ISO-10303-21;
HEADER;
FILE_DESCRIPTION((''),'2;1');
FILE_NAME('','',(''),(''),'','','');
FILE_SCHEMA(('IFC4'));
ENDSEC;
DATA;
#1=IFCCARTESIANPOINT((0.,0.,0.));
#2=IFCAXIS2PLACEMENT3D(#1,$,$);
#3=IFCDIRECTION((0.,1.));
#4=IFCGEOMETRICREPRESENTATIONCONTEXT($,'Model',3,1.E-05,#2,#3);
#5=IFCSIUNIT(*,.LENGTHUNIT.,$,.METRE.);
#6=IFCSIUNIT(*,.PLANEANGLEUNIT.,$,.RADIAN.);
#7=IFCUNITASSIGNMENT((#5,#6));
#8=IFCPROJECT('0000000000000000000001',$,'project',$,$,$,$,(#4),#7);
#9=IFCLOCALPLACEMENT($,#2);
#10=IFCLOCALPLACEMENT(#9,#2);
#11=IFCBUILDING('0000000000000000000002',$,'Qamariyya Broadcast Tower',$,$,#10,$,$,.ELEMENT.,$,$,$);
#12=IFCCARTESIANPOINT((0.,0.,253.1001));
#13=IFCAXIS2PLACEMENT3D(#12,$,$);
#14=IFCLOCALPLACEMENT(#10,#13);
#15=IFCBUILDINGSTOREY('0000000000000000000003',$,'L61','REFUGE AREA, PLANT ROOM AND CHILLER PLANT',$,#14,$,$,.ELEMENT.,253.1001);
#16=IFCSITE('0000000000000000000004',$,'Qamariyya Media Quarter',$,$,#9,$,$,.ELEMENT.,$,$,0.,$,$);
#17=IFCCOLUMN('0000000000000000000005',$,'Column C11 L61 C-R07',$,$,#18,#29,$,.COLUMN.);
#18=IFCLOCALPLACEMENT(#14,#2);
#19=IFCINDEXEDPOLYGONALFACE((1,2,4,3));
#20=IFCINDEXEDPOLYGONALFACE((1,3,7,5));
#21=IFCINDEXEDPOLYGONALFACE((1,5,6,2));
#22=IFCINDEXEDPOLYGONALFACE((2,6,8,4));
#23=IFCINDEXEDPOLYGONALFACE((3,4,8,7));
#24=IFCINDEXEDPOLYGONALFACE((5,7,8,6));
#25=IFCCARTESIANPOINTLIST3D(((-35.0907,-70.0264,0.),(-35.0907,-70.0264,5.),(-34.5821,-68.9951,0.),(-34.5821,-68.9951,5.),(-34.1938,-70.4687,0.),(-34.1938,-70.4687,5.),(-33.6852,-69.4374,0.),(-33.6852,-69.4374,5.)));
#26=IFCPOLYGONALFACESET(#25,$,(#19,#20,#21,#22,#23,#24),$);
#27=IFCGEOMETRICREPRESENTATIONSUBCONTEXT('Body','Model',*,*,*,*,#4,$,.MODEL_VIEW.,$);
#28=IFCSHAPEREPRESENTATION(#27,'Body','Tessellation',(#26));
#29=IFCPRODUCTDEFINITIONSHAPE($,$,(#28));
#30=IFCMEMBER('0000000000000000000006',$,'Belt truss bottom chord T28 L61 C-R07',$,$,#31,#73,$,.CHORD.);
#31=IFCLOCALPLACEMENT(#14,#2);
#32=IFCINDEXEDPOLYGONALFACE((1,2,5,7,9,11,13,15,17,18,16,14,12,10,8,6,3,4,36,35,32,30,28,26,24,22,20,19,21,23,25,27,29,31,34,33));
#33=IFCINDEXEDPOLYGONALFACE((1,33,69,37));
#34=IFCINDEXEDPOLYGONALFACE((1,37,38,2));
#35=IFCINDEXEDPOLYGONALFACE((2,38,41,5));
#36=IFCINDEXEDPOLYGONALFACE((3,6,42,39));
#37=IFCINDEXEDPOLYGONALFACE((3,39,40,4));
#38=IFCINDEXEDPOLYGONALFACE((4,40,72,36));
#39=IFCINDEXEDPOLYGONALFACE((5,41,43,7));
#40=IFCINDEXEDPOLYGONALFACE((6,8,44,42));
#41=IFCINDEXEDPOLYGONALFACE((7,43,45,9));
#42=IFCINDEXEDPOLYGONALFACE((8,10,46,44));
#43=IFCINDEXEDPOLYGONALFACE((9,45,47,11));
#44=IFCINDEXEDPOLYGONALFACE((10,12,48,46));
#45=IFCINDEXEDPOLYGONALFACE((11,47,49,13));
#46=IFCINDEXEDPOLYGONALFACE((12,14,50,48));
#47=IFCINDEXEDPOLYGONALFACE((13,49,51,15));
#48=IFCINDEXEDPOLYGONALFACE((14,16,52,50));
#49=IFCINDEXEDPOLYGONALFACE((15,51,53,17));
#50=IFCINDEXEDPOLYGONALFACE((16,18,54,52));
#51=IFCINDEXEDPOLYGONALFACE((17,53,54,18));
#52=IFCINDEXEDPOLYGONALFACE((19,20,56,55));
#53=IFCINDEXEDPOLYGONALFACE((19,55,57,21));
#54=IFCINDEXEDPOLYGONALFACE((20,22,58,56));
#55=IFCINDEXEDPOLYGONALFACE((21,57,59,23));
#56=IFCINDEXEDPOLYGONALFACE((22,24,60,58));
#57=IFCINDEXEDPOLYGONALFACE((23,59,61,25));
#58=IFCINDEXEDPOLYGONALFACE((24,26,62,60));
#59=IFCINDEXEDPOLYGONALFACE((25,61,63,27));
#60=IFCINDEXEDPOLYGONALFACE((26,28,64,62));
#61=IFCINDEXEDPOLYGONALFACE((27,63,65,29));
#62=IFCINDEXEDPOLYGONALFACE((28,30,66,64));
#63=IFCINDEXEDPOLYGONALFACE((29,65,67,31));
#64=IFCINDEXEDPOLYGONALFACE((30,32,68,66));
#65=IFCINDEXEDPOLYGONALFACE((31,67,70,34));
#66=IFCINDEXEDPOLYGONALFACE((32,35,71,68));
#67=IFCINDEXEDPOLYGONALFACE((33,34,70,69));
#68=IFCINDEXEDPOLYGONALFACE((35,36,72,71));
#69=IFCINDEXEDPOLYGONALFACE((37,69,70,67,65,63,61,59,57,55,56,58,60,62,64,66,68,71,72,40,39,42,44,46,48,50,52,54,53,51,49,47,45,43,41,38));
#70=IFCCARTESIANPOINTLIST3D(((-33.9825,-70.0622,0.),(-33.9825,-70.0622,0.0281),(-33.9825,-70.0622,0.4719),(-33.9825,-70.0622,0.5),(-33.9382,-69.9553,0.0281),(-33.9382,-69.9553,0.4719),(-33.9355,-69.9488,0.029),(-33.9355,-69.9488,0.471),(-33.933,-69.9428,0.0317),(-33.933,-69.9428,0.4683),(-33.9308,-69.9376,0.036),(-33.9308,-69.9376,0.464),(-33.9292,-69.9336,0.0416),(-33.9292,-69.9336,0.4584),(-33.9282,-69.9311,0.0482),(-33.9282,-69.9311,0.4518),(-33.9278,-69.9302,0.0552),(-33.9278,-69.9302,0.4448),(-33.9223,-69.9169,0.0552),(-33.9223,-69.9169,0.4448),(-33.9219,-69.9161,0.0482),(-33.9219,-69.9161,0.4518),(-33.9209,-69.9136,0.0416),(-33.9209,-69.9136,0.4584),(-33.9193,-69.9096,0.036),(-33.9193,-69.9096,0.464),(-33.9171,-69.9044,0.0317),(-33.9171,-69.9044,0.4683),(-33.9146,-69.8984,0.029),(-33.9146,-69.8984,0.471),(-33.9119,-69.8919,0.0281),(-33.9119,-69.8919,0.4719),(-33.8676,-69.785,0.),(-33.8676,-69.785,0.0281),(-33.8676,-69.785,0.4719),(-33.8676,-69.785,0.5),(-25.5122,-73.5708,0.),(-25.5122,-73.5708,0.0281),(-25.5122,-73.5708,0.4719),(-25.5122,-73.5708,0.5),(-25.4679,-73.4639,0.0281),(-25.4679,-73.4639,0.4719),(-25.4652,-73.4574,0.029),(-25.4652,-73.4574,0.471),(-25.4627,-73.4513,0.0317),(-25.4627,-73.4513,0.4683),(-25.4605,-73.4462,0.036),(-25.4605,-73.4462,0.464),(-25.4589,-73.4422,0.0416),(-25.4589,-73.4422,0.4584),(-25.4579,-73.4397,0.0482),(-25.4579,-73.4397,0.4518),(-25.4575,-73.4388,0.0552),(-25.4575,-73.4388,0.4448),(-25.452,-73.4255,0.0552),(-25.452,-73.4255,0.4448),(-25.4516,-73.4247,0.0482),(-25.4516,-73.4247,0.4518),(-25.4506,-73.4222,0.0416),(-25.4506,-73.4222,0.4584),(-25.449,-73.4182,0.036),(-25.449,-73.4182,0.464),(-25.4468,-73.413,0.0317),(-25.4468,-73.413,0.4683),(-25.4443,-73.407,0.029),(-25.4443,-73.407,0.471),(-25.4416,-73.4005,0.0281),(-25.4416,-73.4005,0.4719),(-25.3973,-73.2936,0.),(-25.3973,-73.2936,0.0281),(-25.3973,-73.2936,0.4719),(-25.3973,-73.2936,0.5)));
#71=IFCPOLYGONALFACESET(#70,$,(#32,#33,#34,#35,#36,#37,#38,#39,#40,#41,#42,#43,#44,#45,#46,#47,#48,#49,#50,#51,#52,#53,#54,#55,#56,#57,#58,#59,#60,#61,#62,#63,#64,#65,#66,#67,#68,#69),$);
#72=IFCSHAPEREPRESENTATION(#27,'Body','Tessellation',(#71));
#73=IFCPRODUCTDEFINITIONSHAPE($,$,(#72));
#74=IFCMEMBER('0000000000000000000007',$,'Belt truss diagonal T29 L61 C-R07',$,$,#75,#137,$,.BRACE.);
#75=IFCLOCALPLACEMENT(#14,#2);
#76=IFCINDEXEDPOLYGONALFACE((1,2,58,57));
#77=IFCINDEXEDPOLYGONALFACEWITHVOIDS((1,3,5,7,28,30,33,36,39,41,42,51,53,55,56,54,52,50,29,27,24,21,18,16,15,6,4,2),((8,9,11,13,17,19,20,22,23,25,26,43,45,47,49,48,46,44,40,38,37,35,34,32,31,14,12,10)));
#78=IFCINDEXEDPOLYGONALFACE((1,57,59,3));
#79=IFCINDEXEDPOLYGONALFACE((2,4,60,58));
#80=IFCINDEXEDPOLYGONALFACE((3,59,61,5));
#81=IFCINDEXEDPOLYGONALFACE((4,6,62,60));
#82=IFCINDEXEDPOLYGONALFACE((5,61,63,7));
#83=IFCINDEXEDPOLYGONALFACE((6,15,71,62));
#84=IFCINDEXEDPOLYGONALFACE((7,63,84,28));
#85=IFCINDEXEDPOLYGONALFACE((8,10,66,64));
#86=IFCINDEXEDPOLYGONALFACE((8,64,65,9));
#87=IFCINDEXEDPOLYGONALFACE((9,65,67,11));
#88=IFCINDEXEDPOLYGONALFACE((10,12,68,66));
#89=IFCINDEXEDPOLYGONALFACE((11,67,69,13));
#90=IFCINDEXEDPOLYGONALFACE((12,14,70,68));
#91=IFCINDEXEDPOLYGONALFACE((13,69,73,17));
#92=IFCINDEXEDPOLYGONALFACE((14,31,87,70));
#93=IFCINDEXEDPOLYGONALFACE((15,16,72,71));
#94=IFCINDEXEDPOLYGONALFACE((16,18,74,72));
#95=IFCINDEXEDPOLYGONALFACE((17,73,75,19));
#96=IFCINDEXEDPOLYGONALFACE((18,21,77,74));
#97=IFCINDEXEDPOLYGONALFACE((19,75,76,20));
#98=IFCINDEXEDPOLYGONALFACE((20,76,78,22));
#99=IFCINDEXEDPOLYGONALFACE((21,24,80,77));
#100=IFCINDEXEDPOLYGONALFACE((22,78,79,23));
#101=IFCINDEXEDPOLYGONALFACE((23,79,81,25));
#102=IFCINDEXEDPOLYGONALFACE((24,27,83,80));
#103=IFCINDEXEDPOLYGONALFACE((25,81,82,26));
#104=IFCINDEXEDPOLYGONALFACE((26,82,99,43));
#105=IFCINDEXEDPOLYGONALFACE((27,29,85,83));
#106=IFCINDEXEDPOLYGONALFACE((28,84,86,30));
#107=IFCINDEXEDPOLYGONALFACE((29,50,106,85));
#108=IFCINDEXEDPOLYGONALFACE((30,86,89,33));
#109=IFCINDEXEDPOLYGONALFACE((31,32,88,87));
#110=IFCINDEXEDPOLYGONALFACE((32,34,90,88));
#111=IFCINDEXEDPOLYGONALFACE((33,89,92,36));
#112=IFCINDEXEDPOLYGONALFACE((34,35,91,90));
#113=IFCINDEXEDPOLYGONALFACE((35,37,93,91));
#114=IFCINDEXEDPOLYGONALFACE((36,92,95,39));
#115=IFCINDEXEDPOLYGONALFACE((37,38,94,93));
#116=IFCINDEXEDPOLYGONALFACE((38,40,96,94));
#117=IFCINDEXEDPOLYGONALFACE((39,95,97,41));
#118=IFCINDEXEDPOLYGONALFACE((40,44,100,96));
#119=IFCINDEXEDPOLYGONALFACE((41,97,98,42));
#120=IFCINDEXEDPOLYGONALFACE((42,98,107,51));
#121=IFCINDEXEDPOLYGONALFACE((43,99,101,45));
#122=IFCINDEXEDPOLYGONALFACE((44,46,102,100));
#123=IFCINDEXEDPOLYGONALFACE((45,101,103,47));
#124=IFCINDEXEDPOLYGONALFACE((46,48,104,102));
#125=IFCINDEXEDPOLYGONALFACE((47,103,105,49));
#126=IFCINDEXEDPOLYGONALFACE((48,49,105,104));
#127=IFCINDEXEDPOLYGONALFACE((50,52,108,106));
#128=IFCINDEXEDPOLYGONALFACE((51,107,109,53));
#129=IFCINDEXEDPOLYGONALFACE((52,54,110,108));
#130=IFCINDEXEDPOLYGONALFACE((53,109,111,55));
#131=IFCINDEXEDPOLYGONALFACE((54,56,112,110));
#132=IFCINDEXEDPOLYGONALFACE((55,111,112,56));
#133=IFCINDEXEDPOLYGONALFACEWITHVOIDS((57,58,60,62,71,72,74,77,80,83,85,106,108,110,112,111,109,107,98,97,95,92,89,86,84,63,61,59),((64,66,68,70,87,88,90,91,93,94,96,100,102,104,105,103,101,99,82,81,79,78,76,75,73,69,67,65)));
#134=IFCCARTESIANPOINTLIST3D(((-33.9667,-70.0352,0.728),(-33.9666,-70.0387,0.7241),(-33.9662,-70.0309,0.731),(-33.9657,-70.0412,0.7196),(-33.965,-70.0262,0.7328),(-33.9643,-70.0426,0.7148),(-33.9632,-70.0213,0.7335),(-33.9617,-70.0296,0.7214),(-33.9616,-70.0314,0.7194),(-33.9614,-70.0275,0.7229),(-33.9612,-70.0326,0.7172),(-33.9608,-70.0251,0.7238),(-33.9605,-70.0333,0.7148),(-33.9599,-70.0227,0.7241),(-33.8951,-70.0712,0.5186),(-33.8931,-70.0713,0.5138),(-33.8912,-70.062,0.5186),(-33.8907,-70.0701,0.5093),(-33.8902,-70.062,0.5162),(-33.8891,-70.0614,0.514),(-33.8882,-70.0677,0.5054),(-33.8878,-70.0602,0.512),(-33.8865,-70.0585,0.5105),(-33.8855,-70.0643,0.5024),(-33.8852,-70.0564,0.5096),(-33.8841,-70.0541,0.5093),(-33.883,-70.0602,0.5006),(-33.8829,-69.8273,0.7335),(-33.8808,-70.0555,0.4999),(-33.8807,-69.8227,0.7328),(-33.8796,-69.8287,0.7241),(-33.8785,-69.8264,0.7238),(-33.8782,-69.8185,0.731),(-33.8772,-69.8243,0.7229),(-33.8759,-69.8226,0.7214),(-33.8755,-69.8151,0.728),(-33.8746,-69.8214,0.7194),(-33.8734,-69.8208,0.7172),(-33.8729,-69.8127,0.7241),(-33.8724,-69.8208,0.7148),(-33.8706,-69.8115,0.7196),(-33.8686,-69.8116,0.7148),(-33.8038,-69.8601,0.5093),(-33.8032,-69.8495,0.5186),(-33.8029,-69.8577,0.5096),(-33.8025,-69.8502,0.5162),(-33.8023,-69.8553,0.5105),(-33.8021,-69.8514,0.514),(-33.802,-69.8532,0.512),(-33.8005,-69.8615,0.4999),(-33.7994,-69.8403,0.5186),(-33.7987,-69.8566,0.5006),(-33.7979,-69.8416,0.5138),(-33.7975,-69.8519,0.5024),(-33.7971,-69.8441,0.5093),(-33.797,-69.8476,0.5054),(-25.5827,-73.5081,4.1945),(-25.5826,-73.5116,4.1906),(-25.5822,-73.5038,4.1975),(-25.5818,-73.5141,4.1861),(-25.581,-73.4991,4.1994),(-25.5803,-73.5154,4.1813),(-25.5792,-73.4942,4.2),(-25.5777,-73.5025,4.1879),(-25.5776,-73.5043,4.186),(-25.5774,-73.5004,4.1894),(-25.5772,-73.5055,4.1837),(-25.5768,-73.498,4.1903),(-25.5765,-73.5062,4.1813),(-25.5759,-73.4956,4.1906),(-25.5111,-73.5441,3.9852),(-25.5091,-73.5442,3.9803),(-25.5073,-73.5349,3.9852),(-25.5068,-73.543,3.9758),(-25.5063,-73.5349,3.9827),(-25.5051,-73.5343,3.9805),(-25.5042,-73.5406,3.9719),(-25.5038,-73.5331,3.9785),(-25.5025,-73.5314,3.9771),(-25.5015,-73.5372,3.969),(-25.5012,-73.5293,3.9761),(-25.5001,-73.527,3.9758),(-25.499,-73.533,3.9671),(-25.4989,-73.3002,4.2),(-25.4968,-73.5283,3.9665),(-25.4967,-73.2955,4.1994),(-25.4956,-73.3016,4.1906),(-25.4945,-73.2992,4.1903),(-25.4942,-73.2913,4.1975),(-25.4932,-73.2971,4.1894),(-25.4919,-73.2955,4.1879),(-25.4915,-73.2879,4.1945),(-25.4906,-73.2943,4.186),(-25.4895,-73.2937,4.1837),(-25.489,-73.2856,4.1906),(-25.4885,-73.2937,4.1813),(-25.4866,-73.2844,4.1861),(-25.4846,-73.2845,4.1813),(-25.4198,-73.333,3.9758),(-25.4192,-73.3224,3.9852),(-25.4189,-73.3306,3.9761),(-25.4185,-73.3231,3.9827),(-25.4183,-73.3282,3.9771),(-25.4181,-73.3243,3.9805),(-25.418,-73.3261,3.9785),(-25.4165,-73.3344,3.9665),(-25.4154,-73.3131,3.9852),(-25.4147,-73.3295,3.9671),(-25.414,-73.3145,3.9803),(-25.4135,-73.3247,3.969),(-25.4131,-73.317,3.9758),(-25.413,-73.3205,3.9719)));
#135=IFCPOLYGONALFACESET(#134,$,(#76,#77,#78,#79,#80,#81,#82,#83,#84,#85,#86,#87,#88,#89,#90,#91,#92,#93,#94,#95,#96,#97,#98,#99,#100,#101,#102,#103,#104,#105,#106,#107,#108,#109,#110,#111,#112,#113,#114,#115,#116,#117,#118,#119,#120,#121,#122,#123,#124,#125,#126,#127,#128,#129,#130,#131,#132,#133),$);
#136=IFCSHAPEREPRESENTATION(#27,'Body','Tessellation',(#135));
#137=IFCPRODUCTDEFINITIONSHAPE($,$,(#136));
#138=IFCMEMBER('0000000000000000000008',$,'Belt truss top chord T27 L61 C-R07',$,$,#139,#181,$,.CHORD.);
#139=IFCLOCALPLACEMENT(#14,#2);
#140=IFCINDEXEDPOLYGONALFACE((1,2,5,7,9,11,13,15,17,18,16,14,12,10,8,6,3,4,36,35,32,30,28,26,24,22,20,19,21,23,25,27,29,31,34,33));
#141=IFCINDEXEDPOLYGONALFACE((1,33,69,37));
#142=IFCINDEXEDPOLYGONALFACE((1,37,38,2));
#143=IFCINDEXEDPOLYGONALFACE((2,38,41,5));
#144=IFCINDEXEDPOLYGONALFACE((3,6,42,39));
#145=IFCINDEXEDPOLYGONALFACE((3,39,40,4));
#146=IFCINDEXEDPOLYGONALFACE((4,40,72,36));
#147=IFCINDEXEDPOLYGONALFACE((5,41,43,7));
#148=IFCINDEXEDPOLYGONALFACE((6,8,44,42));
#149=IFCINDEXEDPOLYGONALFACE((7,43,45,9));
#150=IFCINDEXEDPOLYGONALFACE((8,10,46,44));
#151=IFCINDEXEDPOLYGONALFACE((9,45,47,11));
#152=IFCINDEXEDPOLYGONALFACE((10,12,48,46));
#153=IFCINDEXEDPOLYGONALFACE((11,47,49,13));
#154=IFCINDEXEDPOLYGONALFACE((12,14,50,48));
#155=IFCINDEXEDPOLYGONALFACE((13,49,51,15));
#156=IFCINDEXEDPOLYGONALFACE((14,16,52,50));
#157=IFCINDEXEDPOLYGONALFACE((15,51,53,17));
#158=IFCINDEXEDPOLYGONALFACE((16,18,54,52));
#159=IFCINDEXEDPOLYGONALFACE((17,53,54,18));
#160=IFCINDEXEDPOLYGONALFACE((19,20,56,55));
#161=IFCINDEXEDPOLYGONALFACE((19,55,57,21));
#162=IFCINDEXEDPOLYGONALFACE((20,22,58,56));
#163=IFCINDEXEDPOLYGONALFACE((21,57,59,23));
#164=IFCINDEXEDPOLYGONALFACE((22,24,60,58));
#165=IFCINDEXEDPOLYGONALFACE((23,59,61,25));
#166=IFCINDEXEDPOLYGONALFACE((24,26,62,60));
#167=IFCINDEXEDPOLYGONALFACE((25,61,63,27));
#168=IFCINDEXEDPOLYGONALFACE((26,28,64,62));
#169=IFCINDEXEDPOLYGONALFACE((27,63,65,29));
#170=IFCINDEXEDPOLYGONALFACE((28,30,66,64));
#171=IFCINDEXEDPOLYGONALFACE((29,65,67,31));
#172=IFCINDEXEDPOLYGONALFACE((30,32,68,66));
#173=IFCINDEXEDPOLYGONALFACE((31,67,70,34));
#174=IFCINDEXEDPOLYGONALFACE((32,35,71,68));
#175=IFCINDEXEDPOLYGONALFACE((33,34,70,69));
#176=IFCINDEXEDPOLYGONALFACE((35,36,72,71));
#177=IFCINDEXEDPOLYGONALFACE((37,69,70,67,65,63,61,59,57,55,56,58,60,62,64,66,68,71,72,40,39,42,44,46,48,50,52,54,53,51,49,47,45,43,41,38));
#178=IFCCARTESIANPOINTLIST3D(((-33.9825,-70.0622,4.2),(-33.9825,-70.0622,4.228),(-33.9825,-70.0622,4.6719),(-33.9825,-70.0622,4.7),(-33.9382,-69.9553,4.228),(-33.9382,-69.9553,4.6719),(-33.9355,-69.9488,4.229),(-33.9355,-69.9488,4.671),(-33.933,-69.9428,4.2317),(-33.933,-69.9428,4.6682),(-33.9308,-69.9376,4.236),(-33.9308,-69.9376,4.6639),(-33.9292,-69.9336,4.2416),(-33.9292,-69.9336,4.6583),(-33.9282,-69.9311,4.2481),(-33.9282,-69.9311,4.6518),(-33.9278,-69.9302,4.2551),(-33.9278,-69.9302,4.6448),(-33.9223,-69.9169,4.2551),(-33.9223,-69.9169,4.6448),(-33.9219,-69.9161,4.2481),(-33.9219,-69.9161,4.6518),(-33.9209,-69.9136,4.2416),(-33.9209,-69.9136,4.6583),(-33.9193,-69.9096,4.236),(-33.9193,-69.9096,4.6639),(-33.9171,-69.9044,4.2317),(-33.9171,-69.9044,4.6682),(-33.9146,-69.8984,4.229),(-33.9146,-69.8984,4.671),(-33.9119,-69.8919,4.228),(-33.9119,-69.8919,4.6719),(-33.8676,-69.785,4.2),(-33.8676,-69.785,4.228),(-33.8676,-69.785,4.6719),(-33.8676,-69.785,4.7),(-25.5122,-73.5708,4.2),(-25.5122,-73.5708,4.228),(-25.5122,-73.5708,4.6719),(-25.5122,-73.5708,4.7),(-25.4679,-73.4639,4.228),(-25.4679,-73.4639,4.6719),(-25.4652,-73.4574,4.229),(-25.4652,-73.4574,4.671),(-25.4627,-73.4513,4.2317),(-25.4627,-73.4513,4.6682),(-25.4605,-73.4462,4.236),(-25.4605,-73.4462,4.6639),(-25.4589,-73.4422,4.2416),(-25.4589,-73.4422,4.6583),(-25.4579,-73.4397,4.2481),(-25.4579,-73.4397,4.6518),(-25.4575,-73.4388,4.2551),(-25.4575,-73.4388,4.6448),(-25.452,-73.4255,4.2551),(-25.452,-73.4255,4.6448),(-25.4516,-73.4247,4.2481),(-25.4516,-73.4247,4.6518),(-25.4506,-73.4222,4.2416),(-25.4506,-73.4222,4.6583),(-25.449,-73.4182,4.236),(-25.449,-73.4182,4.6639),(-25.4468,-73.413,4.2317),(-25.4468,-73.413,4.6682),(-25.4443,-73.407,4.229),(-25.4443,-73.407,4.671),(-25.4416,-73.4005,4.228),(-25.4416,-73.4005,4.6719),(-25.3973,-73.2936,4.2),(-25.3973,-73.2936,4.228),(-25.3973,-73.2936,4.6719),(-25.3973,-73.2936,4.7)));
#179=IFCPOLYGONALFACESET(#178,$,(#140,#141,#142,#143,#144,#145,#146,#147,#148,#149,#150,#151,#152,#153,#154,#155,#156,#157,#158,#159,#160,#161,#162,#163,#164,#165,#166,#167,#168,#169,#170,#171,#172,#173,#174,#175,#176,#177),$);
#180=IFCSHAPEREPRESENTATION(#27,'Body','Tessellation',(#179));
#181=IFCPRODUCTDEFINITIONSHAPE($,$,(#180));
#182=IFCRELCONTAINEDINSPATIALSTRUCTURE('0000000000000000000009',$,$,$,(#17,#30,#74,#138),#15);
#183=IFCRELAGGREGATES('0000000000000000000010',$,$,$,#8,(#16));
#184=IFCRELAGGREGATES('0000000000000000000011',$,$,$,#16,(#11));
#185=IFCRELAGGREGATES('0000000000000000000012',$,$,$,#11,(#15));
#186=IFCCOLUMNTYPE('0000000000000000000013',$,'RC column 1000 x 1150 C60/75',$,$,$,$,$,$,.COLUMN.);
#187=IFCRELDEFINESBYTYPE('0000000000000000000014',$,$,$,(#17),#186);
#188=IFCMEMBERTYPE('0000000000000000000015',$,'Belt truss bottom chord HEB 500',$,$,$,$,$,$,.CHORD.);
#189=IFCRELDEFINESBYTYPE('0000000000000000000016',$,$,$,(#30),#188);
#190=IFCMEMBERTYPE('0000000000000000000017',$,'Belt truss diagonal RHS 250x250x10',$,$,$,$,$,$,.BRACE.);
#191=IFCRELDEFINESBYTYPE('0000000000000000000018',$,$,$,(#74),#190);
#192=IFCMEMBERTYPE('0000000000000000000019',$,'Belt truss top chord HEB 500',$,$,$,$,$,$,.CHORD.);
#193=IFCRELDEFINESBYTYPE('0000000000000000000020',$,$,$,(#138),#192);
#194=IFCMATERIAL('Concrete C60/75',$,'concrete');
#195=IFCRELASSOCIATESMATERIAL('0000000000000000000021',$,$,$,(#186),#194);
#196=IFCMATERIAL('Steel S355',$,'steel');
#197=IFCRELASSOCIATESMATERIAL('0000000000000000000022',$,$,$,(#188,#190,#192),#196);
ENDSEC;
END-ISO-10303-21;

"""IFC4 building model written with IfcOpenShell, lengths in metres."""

from ifc_helpers import new_model, si_unit, direction, frame, origin, origin_2d, place, context, subcontext, project, spatial, rectangle, hollow_rectangle, i_section, extrude, material, material_profile, profile_set, type_object, element, save


model = new_model("IFC4")

# Units and contexts
model_context = context("Model", 3, precision=1e-05, world=origin(), true_north=direction((0.0, 1.0)))
body_context = subcontext(model_context, "Body", "Model", "MODEL_VIEW")
ifc_project = project(units=[si_unit("LENGTHUNIT", "METRE"), si_unit("PLANEANGLEUNIT", "RADIAN")], contexts=[model_context])

# Site, building, storey
site_placement = place(None, origin())
site = spatial("IfcSite", under=ifc_project, at=site_placement, Name="Qamariyya Media Quarter", CompositionType="ELEMENT", RefElevation=0.0)
building_placement = place(site_placement, origin())
building = spatial("IfcBuilding", under=site, at=building_placement, Name="Qamariyya Broadcast Tower", CompositionType="ELEMENT")
storey_placement = place(building_placement, frame((0.0, 0.0, 253.1001)))
storey = spatial("IfcBuildingStorey", under=building, at=storey_placement, Name="L61", Description="REFUGE AREA, PLANT ROOM AND CHILLER PLANT", CompositionType="ELEMENT", Elevation=253.1001)

# Column
ifc_material_1 = material(Name="Concrete C60/75", Category="concrete")
ifc_material_profile_1 = material_profile(ifc_material_1, rectangle(XDim=1.0, YDim=1.1499, at=origin_2d()))
ifc_profile_set_1 = profile_set([ifc_material_profile_1], Name="Concrete C60/75")
column_type = type_object("IfcColumnType", Name="RC column 1000 x 1150 C60/75", PredefinedType="COLUMN", material=ifc_profile_set_1)
column_placement = place(storey_placement, frame((-34.3879, -69.7319, 0.0), z_axis=(0.0, 0.0, 1.0), x_axis=(0.896873, -0.442289, 0.0)))
element("IfcColumn", 1, at=column_placement, inside=storey, type_object=column_type, Name="Column C11 L61 C-R07", PredefinedType="COLUMN", context=body_context, shape_type="SweptSolid", body=[
    extrude(rectangle(XDim=1.0, YDim=1.1499, at=origin_2d()), origin(), (0.0, 0.0, 1.0), 5.0),
])

# Members
ifc_material_2 = material(Name="Steel S355", Category="steel")
ifc_material_profile_2 = material_profile(ifc_material_2, i_section(OverallWidth=0.3, OverallDepth=0.5, WebThickness=0.0144, FlangeThickness=0.0281, FilletRadius=0.0271, at=origin_2d()))
ifc_profile_set_2 = profile_set([ifc_material_profile_2], Name="Steel S355")
member_type_1 = type_object("IfcMemberType", Name="Belt truss bottom chord HEB 500", PredefinedType="CHORD", material=ifc_profile_set_2)
member_1_placement = place(storey_placement, frame((-33.925, -69.9236, 0.25), z_axis=(0.923877, -0.38269, 0.0), x_axis=(0.38269, 0.923877, 0.0)))
element("IfcMember", 2, at=member_1_placement, inside=storey, type_object=member_type_1, Name="Belt truss bottom chord T28 L61 C-R07", PredefinedType="CHORD", context=body_context, shape_type="SweptSolid", body=[
    extrude(i_section(OverallWidth=0.3, OverallDepth=0.5, WebThickness=0.0144, FlangeThickness=0.0281, FilletRadius=0.0271, at=origin_2d()), origin(), (0.0, 0.0, 1.0), 9.1682),
])
ifc_material_profile_3 = material_profile(ifc_material_2, hollow_rectangle(XDim=0.25, YDim=0.25, WallThickness=0.01, InnerFilletRadius=0.01, OuterFilletRadius=0.02, at=origin_2d()))
ifc_profile_set_3 = profile_set([ifc_material_profile_3], Name="Steel S355")
member_type_2 = type_object("IfcMemberType", Name="Belt truss diagonal RHS 250x250x10", PredefinedType="BRACE", material=ifc_profile_set_3)
member_2_placement = place(storey_placement, frame((-33.8818, -69.9414, 0.6167), z_axis=(0.86305, -0.357499, 0.356846), x_axis=(0.382695, 0.923875, 0.0)))
element("IfcMember", 3, at=member_2_placement, inside=storey, type_object=member_type_2, Name="Belt truss diagonal T29 L61 C-R07", PredefinedType="BRACE", context=body_context, shape_type="SweptSolid", body=[
    extrude(hollow_rectangle(XDim=0.25, YDim=0.25, WallThickness=0.01, InnerFilletRadius=0.01, OuterFilletRadius=0.02, at=origin_2d()), origin(), (0.0, 0.0, 1.0), 9.7144),
])
ifc_material_profile_4 = material_profile(ifc_material_2, i_section(OverallWidth=0.3, OverallDepth=0.5, WebThickness=0.0144, FlangeThickness=0.0281, FilletRadius=0.0271, at=origin_2d()))
ifc_profile_set_4 = profile_set([ifc_material_profile_4], Name="Steel S355")
member_type_3 = type_object("IfcMemberType", Name="Belt truss top chord HEB 500", PredefinedType="CHORD", material=ifc_profile_set_4)
member_3_placement = place(storey_placement, frame((-33.925, -69.9236, 4.45), z_axis=(0.923877, -0.38269, 0.0), x_axis=(0.38269, 0.923877, 0.0)))
element("IfcMember", 4, at=member_3_placement, inside=storey, type_object=member_type_3, Name="Belt truss top chord T27 L61 C-R07", PredefinedType="CHORD", context=body_context, shape_type="SweptSolid", body=[
    extrude(i_section(OverallWidth=0.3, OverallDepth=0.5, WebThickness=0.0144, FlangeThickness=0.0281, FilletRadius=0.0271, at=origin_2d()), origin(), (0.0, 0.0, 1.0), 9.1682),
])

save(model, "model.ifc")
